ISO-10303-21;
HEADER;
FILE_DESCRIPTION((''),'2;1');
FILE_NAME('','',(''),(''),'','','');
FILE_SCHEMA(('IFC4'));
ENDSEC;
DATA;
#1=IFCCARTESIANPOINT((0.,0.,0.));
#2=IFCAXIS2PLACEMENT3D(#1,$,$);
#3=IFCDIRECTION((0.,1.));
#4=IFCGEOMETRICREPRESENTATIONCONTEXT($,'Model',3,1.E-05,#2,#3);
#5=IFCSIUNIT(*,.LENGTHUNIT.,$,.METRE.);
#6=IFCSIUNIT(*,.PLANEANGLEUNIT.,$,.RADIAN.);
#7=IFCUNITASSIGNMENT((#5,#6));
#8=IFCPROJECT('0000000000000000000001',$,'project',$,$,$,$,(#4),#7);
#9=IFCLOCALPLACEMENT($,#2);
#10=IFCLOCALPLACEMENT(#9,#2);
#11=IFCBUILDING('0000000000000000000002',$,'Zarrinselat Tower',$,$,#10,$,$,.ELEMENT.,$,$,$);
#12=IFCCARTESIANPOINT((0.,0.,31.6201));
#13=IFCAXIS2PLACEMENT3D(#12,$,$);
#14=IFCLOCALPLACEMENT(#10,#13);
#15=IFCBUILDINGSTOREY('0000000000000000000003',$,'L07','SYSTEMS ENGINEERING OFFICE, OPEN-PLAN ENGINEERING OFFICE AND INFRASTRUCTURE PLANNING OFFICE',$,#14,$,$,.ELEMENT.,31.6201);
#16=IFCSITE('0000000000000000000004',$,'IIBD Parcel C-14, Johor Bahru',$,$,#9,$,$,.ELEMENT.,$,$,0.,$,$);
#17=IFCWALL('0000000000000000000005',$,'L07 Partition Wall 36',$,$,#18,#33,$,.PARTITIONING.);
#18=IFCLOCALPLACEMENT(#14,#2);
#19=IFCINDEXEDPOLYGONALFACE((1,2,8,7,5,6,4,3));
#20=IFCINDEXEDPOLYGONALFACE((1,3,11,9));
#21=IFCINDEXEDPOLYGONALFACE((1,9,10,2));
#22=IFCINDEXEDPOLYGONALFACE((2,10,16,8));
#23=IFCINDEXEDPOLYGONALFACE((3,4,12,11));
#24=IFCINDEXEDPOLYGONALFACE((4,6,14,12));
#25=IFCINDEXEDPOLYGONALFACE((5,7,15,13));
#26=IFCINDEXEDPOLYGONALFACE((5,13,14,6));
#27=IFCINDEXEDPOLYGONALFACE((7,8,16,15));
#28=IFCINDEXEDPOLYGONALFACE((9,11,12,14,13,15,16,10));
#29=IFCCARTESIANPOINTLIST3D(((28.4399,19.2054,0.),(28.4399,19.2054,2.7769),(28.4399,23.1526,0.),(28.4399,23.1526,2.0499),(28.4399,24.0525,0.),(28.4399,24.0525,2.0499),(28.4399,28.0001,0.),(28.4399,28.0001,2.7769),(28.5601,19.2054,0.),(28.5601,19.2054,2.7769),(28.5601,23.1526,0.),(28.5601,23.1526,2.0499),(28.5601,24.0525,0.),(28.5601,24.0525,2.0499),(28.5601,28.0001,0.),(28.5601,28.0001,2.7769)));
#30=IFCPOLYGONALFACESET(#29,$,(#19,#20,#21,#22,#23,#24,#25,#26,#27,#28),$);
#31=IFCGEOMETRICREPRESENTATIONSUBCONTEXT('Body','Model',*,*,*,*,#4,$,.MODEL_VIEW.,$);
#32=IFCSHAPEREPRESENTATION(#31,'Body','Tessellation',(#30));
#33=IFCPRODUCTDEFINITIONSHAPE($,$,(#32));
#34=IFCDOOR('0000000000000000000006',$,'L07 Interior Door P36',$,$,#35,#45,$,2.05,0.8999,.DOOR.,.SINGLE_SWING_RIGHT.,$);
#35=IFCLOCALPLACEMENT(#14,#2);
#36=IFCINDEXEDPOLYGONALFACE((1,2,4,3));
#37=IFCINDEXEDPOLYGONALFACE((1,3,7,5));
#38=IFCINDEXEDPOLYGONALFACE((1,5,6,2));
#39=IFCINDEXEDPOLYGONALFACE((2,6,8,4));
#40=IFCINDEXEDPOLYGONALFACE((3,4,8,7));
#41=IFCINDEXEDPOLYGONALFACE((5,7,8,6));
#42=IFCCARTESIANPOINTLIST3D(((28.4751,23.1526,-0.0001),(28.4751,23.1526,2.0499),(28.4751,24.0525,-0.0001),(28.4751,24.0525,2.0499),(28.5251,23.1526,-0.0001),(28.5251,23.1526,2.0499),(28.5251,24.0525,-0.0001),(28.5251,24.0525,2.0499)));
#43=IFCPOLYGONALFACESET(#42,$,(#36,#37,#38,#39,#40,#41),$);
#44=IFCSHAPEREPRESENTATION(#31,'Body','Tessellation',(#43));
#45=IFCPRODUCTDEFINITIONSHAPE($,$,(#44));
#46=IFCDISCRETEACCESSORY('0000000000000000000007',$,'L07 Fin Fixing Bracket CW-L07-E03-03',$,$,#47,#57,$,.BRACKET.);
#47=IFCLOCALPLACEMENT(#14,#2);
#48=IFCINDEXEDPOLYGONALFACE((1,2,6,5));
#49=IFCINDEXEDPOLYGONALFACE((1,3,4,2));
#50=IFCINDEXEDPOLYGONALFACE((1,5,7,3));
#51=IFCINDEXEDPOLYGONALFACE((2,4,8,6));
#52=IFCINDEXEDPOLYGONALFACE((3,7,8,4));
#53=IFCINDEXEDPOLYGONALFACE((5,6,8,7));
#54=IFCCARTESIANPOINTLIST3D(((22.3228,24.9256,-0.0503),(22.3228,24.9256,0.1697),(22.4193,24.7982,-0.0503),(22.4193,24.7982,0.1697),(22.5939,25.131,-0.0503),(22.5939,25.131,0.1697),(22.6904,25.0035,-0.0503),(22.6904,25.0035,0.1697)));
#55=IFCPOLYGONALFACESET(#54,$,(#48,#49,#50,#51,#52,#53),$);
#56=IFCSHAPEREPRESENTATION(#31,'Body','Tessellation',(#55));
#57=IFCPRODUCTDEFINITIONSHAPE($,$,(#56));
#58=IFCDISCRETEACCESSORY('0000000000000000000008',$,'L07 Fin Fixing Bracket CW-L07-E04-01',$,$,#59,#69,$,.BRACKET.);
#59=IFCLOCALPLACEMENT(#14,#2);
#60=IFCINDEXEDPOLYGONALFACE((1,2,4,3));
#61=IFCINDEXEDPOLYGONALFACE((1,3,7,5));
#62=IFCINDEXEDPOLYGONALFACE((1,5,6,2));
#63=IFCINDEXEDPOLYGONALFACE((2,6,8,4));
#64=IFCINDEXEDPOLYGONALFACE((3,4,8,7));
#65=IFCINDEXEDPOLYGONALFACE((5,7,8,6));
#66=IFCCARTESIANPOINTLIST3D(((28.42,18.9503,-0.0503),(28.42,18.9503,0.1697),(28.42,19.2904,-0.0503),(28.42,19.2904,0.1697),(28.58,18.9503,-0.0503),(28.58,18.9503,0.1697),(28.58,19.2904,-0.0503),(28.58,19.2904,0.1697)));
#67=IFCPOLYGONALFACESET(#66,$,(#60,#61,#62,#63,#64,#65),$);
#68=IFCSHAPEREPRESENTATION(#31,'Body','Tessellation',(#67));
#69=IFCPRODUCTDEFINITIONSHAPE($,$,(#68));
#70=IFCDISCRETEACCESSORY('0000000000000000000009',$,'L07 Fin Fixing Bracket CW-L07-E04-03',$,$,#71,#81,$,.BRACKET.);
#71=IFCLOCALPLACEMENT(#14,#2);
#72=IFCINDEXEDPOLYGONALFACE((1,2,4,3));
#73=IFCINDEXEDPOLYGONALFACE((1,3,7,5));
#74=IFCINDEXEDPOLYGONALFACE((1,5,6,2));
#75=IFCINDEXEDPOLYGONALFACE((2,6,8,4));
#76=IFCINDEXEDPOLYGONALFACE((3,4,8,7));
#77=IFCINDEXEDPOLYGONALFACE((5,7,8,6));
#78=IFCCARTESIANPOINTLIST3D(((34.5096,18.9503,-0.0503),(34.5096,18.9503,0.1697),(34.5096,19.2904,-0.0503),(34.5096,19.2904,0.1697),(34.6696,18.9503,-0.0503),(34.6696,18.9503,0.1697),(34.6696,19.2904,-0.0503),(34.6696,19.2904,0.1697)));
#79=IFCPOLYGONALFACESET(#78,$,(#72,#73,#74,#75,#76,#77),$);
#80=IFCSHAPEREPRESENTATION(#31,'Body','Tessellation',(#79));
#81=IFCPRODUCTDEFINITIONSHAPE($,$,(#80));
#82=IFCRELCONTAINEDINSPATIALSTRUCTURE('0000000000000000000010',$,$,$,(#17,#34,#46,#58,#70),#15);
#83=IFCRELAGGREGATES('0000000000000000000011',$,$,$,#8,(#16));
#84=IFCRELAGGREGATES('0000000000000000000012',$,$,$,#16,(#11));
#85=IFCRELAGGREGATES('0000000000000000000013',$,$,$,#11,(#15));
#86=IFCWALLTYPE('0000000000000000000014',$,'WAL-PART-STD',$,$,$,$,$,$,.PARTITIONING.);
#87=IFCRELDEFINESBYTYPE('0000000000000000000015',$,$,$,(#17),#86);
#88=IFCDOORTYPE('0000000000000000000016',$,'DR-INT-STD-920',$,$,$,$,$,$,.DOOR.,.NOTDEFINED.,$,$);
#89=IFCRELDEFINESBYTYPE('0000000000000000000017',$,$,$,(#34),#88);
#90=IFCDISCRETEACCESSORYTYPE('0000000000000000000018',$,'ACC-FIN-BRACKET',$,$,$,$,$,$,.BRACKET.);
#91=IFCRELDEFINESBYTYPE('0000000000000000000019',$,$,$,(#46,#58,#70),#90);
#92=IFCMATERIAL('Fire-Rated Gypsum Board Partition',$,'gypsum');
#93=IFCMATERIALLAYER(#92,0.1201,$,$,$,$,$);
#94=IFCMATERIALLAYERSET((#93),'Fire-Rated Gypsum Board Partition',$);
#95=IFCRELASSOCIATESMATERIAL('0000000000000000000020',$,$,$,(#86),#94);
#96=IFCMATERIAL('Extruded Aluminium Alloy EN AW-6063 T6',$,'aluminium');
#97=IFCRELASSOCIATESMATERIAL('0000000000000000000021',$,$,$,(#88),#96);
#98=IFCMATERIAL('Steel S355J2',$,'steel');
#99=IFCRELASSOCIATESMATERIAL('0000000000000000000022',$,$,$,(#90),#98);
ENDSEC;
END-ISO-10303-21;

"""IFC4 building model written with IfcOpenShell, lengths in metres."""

from ifc_helpers import new_model, si_unit, direction, frame, frame_2d, origin, origin_2d, place, context, subcontext, project, spatial, rectangle, extrude, material, layer, layer_set, type_object, element, fill, save


model = new_model("IFC4")

# Units and contexts
model_context = context("Model", 3, precision=1e-05, world=origin(), true_north=direction((0.0, 1.0)))
body_context = subcontext(model_context, "Body", "Model", "MODEL_VIEW")
ifc_project = project(units=[si_unit("LENGTHUNIT", "METRE"), si_unit("PLANEANGLEUNIT", "RADIAN")], contexts=[model_context])

# Site, building, storey
site_placement = place(None, origin())
site = spatial("IfcSite", under=ifc_project, at=site_placement, Name="IIBD Parcel C-14, Johor Bahru", CompositionType="ELEMENT", RefElevation=0.0)
building_placement = place(site_placement, origin())
building = spatial("IfcBuilding", under=site, at=building_placement, Name="Zarrinselat Tower", CompositionType="ELEMENT")
storey_placement = place(building_placement, frame((0.0, 0.0, 31.6201)))
storey = spatial("IfcBuildingStorey", under=building, at=storey_placement, Name="L07", Description="SYSTEMS ENGINEERING OFFICE, OPEN-PLAN ENGINEERING OFFICE AND INFRASTRUCTURE PLANNING OFFICE", CompositionType="ELEMENT", Elevation=31.6201)

# Wall, opening, door
ifc_material_1 = material(Name="Fire-Rated Gypsum Board Partition", Category="gypsum")
ifc_layer_1 = layer(ifc_material_1, 0.1201)
ifc_layer_set_1 = layer_set([ifc_layer_1], Name="Fire-Rated Gypsum Board Partition")
wall_type = type_object("IfcWallType", Name="WAL-PART-STD", PredefinedType="PARTITIONING", material=ifc_layer_set_1)
wall_placement = place(storey_placement, frame((28.5, 19.2053, 0.0), z_axis=(0.0, 0.0, 1.0), x_axis=(0.0, 1.0, 0.0)))
wall = element("IfcWall", 1, at=wall_placement, inside=storey, type_object=wall_type, Name="L07 Partition Wall 36", PredefinedType="PARTITIONING", context=body_context, shape_type="SweptSolid", body=[
    extrude(rectangle(XDim=8.7947, YDim=0.1201, at=frame_2d((4.3975, 0.0))), origin(), (0.0, 0.0, 1.0), 2.7769),
])
opening_placement = place(wall_placement, frame((3.9473, 0.0, 0.0)))
opening = element("IfcOpeningElement", 2, at=opening_placement, cuts=wall, PredefinedType="OPENING", context=body_context, shape_type="SweptSolid", body=[
    extrude(rectangle(XDim=0.8999, YDim=2.05, at=frame_2d((0.45, 1.0249))), frame((0.0, 0.0701, 0.0), z_axis=(0.0, -1.0, 0.0), x_axis=(1.0, 0.0, 0.0)), (0.0, 0.0, 1.0), 0.1401),
])
ifc_material_2 = material(Name="Extruded Aluminium Alloy EN AW-6063 T6", Category="aluminium")
door_type = type_object("IfcDoorType", Name="DR-INT-STD-920", OperationType="NOTDEFINED", PredefinedType="DOOR", material=ifc_material_2)
door_placement = place(opening_placement, origin())
door = element("IfcDoor", 3, at=door_placement, inside=storey, type_object=door_type, Name="L07 Interior Door P36", OperationType="SINGLE_SWING_RIGHT", OverallHeight=2.05, OverallWidth=0.8999, PredefinedType="DOOR", context=body_context, shape_type="SweptSolid", body=[
    extrude(rectangle(XDim=0.8999, YDim=2.05, at=frame_2d((0.45, 1.0249))), frame((0.0, 0.0249, 0.0), z_axis=(0.0, -1.0, 0.0), x_axis=(1.0, 0.0, 0.0)), (0.0, 0.0, 1.0), 0.05),
])
fill(opening, door)

# Discrete accessories
ifc_material_3 = material(Name="Steel S355J2", Category="steel")
discrete_accessory_type = type_object("IfcDiscreteAccessoryType", Name="ACC-FIN-BRACKET", PredefinedType="BRACKET", material=ifc_material_3)
for number, where, z_axis, x_axis, name in (
    (4, (22.5066, 24.9646, -0.0503), (0.0, 0.0, 1.0), (-0.797092, -0.603858, 0.0), "L07 Fin Fixing Bracket CW-L07-E03-03"),
    (5, (28.5, 19.1204, -0.0503), (0.0, 0.0, 1.0), (0.0, -1.0, 0.0), "L07 Fin Fixing Bracket CW-L07-E04-01"),
    (6, (34.5896, 19.1204, -0.0503), (0.0, 0.0, 1.0), (0.0, -1.0, 0.0), "L07 Fin Fixing Bracket CW-L07-E04-03"),
):
    element("IfcDiscreteAccessory", number, at=place(storey_placement, frame(where, z_axis=z_axis, x_axis=x_axis)), inside=storey, type_object=discrete_accessory_type, Name=name, PredefinedType="BRACKET", context=body_context, shape_type="SweptSolid", body=[
        extrude(rectangle(XDim=0.3401, YDim=0.1599, at=origin_2d()), origin(), (0.0, 0.0, 1.0), 0.22),
    ])

save(model, "model.ifc")
